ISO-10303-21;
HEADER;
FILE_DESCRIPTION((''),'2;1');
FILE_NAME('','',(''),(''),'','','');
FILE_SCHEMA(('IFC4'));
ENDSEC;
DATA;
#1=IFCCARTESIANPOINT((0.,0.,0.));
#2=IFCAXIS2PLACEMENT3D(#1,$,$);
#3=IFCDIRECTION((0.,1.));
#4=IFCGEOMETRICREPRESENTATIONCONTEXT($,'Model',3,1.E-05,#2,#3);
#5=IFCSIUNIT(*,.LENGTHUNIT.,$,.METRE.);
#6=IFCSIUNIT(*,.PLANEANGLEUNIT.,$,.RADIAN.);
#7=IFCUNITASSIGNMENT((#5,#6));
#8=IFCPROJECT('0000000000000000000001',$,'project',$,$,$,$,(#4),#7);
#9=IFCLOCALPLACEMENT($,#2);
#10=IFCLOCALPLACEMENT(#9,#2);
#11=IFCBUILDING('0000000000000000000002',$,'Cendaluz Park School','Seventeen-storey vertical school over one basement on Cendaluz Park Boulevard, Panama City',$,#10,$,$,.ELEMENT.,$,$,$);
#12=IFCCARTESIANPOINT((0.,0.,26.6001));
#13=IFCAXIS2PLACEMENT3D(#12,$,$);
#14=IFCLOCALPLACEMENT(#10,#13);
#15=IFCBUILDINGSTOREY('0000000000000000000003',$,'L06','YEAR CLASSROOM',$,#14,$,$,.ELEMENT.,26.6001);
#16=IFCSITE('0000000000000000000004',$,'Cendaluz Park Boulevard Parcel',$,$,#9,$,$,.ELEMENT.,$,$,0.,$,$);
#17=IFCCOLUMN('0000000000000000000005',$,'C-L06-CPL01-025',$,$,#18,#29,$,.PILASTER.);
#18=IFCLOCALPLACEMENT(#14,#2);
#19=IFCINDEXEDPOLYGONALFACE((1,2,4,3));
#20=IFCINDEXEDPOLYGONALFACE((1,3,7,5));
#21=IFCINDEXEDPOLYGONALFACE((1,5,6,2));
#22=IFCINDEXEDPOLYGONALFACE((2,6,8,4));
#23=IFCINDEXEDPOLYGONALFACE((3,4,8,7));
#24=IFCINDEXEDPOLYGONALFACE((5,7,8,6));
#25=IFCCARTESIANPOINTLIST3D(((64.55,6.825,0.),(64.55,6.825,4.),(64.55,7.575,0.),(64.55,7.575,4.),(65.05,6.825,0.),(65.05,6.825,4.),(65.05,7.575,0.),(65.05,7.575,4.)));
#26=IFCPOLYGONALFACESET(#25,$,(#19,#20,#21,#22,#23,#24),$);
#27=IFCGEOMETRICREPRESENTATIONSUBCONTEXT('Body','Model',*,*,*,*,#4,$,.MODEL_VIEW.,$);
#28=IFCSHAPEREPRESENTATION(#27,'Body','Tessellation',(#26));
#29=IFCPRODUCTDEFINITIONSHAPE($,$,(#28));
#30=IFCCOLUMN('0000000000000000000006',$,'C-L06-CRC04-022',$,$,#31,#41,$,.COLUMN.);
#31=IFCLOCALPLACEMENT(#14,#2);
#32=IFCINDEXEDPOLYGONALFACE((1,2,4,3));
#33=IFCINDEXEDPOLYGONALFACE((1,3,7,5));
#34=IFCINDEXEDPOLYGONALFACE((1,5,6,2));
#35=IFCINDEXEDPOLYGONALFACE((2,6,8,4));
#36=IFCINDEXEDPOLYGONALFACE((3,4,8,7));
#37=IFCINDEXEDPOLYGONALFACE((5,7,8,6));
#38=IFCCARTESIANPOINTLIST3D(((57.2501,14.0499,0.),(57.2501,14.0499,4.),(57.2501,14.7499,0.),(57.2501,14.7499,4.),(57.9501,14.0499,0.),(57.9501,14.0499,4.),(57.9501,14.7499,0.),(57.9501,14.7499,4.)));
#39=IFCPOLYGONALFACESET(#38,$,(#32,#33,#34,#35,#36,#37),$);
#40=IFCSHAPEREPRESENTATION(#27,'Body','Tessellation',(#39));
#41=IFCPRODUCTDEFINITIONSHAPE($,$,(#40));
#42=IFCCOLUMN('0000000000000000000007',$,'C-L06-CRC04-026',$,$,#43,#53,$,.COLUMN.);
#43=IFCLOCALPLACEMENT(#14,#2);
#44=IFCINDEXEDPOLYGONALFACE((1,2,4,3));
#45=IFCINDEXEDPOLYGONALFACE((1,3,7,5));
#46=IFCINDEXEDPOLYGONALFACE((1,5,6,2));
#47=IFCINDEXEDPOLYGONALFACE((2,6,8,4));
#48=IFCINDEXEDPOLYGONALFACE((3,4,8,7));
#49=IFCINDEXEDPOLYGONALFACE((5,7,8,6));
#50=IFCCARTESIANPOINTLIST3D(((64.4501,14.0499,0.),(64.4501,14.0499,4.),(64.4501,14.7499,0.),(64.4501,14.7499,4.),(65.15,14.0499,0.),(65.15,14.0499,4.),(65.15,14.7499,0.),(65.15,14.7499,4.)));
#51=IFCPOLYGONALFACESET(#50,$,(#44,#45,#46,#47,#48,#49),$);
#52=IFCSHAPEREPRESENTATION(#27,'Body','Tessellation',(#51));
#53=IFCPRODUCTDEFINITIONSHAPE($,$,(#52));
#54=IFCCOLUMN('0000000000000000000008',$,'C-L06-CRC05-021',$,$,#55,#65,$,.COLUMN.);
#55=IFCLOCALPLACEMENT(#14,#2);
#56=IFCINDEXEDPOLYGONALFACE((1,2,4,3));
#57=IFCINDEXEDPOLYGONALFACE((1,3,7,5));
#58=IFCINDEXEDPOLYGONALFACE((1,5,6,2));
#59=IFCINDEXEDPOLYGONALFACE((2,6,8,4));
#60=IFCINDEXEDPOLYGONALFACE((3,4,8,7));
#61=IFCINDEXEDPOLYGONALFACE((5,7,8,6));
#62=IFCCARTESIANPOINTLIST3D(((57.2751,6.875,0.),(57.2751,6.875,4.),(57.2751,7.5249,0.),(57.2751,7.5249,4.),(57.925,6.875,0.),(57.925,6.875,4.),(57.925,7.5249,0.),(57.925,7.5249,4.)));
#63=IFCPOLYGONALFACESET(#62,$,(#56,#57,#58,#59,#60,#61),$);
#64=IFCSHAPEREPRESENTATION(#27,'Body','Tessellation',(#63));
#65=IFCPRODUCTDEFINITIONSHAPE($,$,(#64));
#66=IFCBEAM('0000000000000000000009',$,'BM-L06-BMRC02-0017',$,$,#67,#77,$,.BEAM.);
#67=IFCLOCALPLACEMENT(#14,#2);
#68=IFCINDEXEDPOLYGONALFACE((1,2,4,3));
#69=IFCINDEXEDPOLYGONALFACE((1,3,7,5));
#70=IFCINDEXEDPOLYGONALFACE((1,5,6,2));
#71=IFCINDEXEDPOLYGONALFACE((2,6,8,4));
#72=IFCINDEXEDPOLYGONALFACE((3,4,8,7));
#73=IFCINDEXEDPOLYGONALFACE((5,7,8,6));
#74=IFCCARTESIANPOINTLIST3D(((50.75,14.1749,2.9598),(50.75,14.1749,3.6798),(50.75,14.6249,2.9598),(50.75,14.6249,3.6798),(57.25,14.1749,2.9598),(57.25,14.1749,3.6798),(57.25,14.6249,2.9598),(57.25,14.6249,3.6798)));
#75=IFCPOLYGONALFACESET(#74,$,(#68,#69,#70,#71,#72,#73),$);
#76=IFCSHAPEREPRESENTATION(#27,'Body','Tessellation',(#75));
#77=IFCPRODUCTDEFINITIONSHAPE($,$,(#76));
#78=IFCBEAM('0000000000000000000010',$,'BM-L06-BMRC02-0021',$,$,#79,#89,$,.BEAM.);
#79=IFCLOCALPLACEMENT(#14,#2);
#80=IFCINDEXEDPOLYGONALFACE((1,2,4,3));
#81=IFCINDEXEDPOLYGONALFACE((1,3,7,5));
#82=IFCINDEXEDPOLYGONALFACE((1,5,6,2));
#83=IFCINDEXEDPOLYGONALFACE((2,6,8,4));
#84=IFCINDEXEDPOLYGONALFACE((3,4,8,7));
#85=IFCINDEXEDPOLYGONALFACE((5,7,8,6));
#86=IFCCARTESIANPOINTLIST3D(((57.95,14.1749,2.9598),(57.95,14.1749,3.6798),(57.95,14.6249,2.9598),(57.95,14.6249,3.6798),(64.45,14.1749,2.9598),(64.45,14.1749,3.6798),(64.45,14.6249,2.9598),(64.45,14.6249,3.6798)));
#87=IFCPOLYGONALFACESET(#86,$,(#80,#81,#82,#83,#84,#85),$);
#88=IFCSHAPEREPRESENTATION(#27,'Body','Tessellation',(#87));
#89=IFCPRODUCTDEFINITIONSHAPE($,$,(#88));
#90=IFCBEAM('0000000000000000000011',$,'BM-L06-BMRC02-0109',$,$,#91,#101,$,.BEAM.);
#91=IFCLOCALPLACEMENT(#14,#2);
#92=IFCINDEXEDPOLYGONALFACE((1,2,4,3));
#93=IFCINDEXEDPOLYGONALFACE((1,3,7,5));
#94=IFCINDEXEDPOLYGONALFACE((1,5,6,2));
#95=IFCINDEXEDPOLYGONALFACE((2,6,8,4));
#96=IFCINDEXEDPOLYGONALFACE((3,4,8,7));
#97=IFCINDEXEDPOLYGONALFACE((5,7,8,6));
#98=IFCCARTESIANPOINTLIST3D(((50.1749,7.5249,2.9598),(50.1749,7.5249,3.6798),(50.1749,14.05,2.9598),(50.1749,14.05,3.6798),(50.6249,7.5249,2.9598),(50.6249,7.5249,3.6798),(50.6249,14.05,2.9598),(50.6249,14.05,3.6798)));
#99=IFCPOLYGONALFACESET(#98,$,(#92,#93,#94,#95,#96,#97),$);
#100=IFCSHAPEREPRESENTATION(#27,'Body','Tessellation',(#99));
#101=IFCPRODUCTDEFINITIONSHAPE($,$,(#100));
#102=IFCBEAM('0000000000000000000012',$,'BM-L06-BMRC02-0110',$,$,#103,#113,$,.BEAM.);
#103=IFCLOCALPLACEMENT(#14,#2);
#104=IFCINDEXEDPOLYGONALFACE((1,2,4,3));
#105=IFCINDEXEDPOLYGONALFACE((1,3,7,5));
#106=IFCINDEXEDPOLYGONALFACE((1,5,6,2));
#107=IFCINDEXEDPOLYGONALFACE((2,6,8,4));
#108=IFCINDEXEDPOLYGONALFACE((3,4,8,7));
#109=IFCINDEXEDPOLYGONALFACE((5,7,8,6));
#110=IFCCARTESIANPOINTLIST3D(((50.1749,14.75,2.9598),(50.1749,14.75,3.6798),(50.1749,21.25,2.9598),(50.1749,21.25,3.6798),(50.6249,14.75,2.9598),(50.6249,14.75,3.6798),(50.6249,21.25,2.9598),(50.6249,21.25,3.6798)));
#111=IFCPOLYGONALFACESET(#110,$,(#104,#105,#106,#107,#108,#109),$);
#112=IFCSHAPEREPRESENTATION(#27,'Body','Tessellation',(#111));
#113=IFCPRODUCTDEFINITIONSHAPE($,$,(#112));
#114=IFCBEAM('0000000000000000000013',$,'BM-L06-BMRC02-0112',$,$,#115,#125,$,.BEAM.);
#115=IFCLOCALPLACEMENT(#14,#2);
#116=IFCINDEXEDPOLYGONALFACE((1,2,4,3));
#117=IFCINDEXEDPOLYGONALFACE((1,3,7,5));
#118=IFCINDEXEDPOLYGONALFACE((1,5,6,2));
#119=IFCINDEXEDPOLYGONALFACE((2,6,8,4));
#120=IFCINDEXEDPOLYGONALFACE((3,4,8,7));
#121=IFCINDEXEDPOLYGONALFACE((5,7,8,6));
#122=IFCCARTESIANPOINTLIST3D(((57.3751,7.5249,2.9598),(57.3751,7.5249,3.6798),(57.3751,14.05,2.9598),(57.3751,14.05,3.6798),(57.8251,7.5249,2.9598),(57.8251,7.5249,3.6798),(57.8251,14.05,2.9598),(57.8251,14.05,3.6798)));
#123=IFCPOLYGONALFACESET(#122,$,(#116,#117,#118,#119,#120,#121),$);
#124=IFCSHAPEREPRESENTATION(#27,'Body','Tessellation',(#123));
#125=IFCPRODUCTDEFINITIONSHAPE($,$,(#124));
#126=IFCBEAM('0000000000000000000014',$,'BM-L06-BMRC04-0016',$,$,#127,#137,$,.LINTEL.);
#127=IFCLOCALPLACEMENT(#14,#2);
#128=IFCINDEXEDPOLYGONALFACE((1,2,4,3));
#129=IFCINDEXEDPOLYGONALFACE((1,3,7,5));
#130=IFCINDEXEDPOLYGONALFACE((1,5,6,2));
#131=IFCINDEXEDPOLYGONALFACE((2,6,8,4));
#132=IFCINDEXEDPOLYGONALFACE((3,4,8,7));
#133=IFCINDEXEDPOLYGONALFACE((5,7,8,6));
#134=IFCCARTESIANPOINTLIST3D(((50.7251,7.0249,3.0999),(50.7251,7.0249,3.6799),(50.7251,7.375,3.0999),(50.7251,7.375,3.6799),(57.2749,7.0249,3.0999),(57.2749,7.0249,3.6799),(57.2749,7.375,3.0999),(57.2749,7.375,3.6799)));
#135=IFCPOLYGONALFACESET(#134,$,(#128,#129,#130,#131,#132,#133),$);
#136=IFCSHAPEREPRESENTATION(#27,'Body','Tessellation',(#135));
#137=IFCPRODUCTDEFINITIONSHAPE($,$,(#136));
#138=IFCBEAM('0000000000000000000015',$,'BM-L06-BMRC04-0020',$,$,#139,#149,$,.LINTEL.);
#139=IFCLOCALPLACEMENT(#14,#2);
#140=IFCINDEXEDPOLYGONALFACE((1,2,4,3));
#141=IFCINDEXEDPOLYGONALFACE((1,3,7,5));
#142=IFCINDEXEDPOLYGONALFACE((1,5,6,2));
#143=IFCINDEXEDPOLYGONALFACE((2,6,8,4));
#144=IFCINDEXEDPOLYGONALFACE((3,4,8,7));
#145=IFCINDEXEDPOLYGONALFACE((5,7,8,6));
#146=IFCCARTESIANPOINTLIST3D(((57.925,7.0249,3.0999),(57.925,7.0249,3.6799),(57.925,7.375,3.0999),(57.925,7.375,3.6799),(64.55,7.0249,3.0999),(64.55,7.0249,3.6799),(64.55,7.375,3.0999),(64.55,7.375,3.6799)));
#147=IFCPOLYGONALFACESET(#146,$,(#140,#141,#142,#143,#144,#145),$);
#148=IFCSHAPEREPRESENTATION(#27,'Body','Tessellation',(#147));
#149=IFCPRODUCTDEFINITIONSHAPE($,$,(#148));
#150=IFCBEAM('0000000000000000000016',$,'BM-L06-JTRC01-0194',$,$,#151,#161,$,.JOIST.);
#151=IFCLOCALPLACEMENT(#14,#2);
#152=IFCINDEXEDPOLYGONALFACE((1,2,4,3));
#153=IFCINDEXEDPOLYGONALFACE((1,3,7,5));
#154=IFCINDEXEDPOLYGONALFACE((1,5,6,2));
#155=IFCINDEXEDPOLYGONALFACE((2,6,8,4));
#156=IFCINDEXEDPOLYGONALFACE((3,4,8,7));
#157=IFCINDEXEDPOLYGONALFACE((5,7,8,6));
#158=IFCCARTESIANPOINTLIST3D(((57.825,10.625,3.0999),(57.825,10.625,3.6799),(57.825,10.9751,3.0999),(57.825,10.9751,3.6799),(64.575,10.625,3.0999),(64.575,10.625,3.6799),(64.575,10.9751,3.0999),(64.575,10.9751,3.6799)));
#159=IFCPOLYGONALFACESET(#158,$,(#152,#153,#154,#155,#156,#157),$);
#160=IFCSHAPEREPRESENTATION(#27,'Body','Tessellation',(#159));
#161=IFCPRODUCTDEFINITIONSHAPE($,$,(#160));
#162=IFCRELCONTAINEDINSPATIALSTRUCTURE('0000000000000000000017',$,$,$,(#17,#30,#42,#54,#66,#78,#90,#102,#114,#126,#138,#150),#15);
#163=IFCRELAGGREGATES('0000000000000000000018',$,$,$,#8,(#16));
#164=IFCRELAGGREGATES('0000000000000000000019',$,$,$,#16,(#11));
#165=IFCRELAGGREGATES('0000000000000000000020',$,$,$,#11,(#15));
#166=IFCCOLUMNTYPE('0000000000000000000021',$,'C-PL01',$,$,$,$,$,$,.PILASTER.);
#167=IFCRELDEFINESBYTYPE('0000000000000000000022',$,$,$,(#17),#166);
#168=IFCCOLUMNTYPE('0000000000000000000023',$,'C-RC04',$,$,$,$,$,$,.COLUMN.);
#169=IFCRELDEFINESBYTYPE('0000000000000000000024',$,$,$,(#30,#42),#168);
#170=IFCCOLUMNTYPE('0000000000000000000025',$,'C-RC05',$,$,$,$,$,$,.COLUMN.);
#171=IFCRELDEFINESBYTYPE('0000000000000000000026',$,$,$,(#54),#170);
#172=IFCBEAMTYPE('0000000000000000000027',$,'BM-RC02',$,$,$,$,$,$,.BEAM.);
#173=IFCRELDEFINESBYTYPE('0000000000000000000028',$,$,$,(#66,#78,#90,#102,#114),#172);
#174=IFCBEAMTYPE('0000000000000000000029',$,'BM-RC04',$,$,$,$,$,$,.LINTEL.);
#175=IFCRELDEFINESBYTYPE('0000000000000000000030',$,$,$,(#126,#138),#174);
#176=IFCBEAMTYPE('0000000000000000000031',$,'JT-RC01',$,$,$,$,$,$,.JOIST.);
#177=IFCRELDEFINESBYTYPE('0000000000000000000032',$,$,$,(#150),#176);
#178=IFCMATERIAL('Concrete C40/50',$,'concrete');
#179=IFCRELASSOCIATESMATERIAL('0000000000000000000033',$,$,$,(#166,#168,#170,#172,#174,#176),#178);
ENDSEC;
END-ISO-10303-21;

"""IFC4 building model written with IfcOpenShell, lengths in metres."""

from ifc_helpers import new_model, si_unit, direction, frame, origin, origin_2d, place, context, subcontext, project, spatial, rectangle, extrude, material, material_profile, profile_set, type_object, element, save


model = new_model("IFC4")

# Units and contexts
model_context = context("Model", 3, precision=1e-05, world=origin(), true_north=direction((0.0, 1.0)))
body_context = subcontext(model_context, "Body", "Model", "MODEL_VIEW")
ifc_project = project(units=[si_unit("LENGTHUNIT", "METRE"), si_unit("PLANEANGLEUNIT", "RADIAN")], contexts=[model_context])

# Site, building, storey
site_placement = place(None, origin())
site = spatial("IfcSite", under=ifc_project, at=site_placement, Name="Cendaluz Park Boulevard Parcel", CompositionType="ELEMENT", RefElevation=0.0)
building_placement = place(site_placement, origin())
building = spatial("IfcBuilding", under=site, at=building_placement, Name="Cendaluz Park School", Description="Seventeen-storey vertical school over one basement on Cendaluz Park Boulevard, Panama City", CompositionType="ELEMENT")
storey_placement = place(building_placement, frame((0.0, 0.0, 26.6001)))
storey = spatial("IfcBuildingStorey", under=building, at=storey_placement, Name="L06", Description="YEAR CLASSROOM", CompositionType="ELEMENT", Elevation=26.6001)

# Columns
ifc_material_1 = material(Name="Concrete C40/50", Category="concrete")
ifc_material_profile_1 = material_profile(ifc_material_1, rectangle(XDim=0.5, YDim=0.75, at=origin_2d()), Name="RC 500x750", Category="concrete")
ifc_profile_set_1 = profile_set([ifc_material_profile_1], Name="Concrete C40/50")
column_type_1 = type_object("IfcColumnType", Name="C-PL01", PredefinedType="PILASTER", material=ifc_profile_set_1)
column_1_placement = place(storey_placement, frame((64.8, 7.2, 0.0), z_axis=(0.0, 0.0, 1.0), x_axis=(1.0, 0.0, 0.0)))
element("IfcColumn", 1, at=column_1_placement, inside=storey, type_object=column_type_1, Name="C-L06-CPL01-025", PredefinedType="PILASTER", context=body_context, shape_type="SweptSolid", body=[
    extrude(rectangle(XDim=0.5, YDim=0.75, at=origin_2d()), origin(), (0.0, 0.0, 1.0), 4.0),
])
ifc_material_profile_2 = material_profile(ifc_material_1, rectangle(XDim=0.7, YDim=0.7, at=origin_2d()), Name="RC 700x700", Category="concrete")
ifc_profile_set_2 = profile_set([ifc_material_profile_2], Name="Concrete C40/50")
column_type_2 = type_object("IfcColumnType", Name="C-RC04", PredefinedType="COLUMN", material=ifc_profile_set_2)
for number, where, z_axis, x_axis, name in (
    (2, (57.6001, 14.3999, 0.0), (0.0, 0.0, 1.0), (1.0, 0.0, 0.0), "C-L06-CRC04-022"),
    (3, (64.8, 14.3999, 0.0), (0.0, 0.0, 1.0), (1.0, 0.0, 0.0), "C-L06-CRC04-026"),
):
    element("IfcColumn", number, at=place(storey_placement, frame(where, z_axis=z_axis, x_axis=x_axis)), inside=storey, type_object=column_type_2, Name=name, PredefinedType="COLUMN", context=body_context, shape_type="SweptSolid", body=[
        extrude(rectangle(XDim=0.7, YDim=0.7, at=origin_2d()), origin(), (0.0, 0.0, 1.0), 4.0),
    ])
ifc_material_profile_3 = material_profile(ifc_material_1, rectangle(XDim=0.6499, YDim=0.6499, at=origin_2d()), Name="RC 650x650", Category="concrete")
ifc_profile_set_3 = profile_set([ifc_material_profile_3], Name="Concrete C40/50")
column_type_3 = type_object("IfcColumnType", Name="C-RC05", PredefinedType="COLUMN", material=ifc_profile_set_3)
column_2_placement = place(storey_placement, frame((57.6001, 7.2, 0.0), z_axis=(0.0, 0.0, 1.0), x_axis=(1.0, 0.0, 0.0)))
element("IfcColumn", 4, at=column_2_placement, inside=storey, type_object=column_type_3, Name="C-L06-CRC05-021", PredefinedType="COLUMN", context=body_context, shape_type="SweptSolid", body=[
    extrude(rectangle(XDim=0.6499, YDim=0.6499, at=origin_2d()), origin(), (0.0, 0.0, 1.0), 4.0),
])

# Beams
ifc_material_profile_4 = material_profile(ifc_material_1, rectangle(XDim=0.45, YDim=0.72, at=origin_2d()), Name="RC 450x720", Category="concrete")
ifc_profile_set_4 = profile_set([ifc_material_profile_4], Name="Concrete C40/50")
beam_type_1 = type_object("IfcBeamType", Name="BM-RC02", PredefinedType="BEAM", material=ifc_profile_set_4)
for number, where, z_axis, x_axis, name in (
    (5, (50.75, 14.3999, 3.3198), (1.0, 0.0, 0.0), (0.0, 1.0, 0.0), "BM-L06-BMRC02-0017"),
    (6, (57.95, 14.3999, 3.3198), (1.0, 0.0, 0.0), (0.0, 1.0, 0.0), "BM-L06-BMRC02-0021"),
):
    element("IfcBeam", number, at=place(storey_placement, frame(where, z_axis=z_axis, x_axis=x_axis)), inside=storey, type_object=beam_type_1, Name=name, PredefinedType="BEAM", context=body_context, shape_type="SweptSolid", body=[
        extrude(rectangle(XDim=0.45, YDim=0.72, at=origin_2d()), origin(), (0.0, 0.0, 1.0), 6.5),
    ])
beam_1_placement = place(storey_placement, frame((50.3999, 7.5249, 3.3198), z_axis=(0.0, 1.0, 0.0), x_axis=(-1.0, 0.0, 0.0)))
element("IfcBeam", 7, at=beam_1_placement, inside=storey, type_object=beam_type_1, Name="BM-L06-BMRC02-0109", PredefinedType="BEAM", context=body_context, shape_type="SweptSolid", body=[
    extrude(rectangle(XDim=0.45, YDim=0.72, at=origin_2d()), origin(), (0.0, 0.0, 1.0), 6.5251),
])
beam_2_placement = place(storey_placement, frame((50.3999, 14.75, 3.3198), z_axis=(0.0, 1.0, 0.0), x_axis=(-1.0, 0.0, 0.0)))
element("IfcBeam", 8, at=beam_2_placement, inside=storey, type_object=beam_type_1, Name="BM-L06-BMRC02-0110", PredefinedType="BEAM", context=body_context, shape_type="SweptSolid", body=[
    extrude(rectangle(XDim=0.45, YDim=0.72, at=origin_2d()), origin(), (0.0, 0.0, 1.0), 6.5),
])
beam_3_placement = place(storey_placement, frame((57.6001, 7.5249, 3.3198), z_axis=(0.0, 1.0, 0.0), x_axis=(-1.0, 0.0, 0.0)))
element("IfcBeam", 9, at=beam_3_placement, inside=storey, type_object=beam_type_1, Name="BM-L06-BMRC02-0112", PredefinedType="BEAM", context=body_context, shape_type="SweptSolid", body=[
    extrude(rectangle(XDim=0.45, YDim=0.72, at=origin_2d()), origin(), (0.0, 0.0, 1.0), 6.5251),
])
ifc_material_profile_5 = material_profile(ifc_material_1, rectangle(XDim=0.3501, YDim=0.5801, at=origin_2d()), Name="RC 350x580", Category="concrete")
ifc_profile_set_5 = profile_set([ifc_material_profile_5], Name="Concrete C40/50")
beam_type_2 = type_object("IfcBeamType", Name="BM-RC04", PredefinedType="LINTEL", material=ifc_profile_set_5)
beam_4_placement = place(storey_placement, frame((50.7251, 7.2, 3.3899), z_axis=(1.0, 0.0, 0.0), x_axis=(0.0, 1.0, 0.0)))
element("IfcBeam", 10, at=beam_4_placement, inside=storey, type_object=beam_type_2, Name="BM-L06-BMRC04-0016", PredefinedType="LINTEL", context=body_context, shape_type="SweptSolid", body=[
    extrude(rectangle(XDim=0.3501, YDim=0.5801, at=origin_2d()), origin(), (0.0, 0.0, 1.0), 6.5498),
])
beam_5_placement = place(storey_placement, frame((57.925, 7.2, 3.3899), z_axis=(1.0, 0.0, 0.0), x_axis=(0.0, 1.0, 0.0)))
element("IfcBeam", 11, at=beam_5_placement, inside=storey, type_object=beam_type_2, Name="BM-L06-BMRC04-0020", PredefinedType="LINTEL", context=body_context, shape_type="SweptSolid", body=[
    extrude(rectangle(XDim=0.3501, YDim=0.5801, at=origin_2d()), origin(), (0.0, 0.0, 1.0), 6.625),
])
ifc_material_profile_6 = material_profile(ifc_material_1, rectangle(XDim=0.3501, YDim=0.5801, at=origin_2d()), Name="RC 350x580", Category="concrete")
ifc_profile_set_6 = profile_set([ifc_material_profile_6], Name="Concrete C40/50")
beam_type_3 = type_object("IfcBeamType", Name="JT-RC01", PredefinedType="JOIST", material=ifc_profile_set_6)
beam_6_placement = place(storey_placement, frame((57.825, 10.8, 3.3899), z_axis=(1.0, 0.0, 0.0), x_axis=(0.0, 1.0, 0.0)))
element("IfcBeam", 12, at=beam_6_placement, inside=storey, type_object=beam_type_3, Name="BM-L06-JTRC01-0194", PredefinedType="JOIST", context=body_context, shape_type="SweptSolid", body=[
    extrude(rectangle(XDim=0.3501, YDim=0.5801, at=origin_2d()), origin(), (0.0, 0.0, 1.0), 6.75),
])

save(model, "model.ifc")
